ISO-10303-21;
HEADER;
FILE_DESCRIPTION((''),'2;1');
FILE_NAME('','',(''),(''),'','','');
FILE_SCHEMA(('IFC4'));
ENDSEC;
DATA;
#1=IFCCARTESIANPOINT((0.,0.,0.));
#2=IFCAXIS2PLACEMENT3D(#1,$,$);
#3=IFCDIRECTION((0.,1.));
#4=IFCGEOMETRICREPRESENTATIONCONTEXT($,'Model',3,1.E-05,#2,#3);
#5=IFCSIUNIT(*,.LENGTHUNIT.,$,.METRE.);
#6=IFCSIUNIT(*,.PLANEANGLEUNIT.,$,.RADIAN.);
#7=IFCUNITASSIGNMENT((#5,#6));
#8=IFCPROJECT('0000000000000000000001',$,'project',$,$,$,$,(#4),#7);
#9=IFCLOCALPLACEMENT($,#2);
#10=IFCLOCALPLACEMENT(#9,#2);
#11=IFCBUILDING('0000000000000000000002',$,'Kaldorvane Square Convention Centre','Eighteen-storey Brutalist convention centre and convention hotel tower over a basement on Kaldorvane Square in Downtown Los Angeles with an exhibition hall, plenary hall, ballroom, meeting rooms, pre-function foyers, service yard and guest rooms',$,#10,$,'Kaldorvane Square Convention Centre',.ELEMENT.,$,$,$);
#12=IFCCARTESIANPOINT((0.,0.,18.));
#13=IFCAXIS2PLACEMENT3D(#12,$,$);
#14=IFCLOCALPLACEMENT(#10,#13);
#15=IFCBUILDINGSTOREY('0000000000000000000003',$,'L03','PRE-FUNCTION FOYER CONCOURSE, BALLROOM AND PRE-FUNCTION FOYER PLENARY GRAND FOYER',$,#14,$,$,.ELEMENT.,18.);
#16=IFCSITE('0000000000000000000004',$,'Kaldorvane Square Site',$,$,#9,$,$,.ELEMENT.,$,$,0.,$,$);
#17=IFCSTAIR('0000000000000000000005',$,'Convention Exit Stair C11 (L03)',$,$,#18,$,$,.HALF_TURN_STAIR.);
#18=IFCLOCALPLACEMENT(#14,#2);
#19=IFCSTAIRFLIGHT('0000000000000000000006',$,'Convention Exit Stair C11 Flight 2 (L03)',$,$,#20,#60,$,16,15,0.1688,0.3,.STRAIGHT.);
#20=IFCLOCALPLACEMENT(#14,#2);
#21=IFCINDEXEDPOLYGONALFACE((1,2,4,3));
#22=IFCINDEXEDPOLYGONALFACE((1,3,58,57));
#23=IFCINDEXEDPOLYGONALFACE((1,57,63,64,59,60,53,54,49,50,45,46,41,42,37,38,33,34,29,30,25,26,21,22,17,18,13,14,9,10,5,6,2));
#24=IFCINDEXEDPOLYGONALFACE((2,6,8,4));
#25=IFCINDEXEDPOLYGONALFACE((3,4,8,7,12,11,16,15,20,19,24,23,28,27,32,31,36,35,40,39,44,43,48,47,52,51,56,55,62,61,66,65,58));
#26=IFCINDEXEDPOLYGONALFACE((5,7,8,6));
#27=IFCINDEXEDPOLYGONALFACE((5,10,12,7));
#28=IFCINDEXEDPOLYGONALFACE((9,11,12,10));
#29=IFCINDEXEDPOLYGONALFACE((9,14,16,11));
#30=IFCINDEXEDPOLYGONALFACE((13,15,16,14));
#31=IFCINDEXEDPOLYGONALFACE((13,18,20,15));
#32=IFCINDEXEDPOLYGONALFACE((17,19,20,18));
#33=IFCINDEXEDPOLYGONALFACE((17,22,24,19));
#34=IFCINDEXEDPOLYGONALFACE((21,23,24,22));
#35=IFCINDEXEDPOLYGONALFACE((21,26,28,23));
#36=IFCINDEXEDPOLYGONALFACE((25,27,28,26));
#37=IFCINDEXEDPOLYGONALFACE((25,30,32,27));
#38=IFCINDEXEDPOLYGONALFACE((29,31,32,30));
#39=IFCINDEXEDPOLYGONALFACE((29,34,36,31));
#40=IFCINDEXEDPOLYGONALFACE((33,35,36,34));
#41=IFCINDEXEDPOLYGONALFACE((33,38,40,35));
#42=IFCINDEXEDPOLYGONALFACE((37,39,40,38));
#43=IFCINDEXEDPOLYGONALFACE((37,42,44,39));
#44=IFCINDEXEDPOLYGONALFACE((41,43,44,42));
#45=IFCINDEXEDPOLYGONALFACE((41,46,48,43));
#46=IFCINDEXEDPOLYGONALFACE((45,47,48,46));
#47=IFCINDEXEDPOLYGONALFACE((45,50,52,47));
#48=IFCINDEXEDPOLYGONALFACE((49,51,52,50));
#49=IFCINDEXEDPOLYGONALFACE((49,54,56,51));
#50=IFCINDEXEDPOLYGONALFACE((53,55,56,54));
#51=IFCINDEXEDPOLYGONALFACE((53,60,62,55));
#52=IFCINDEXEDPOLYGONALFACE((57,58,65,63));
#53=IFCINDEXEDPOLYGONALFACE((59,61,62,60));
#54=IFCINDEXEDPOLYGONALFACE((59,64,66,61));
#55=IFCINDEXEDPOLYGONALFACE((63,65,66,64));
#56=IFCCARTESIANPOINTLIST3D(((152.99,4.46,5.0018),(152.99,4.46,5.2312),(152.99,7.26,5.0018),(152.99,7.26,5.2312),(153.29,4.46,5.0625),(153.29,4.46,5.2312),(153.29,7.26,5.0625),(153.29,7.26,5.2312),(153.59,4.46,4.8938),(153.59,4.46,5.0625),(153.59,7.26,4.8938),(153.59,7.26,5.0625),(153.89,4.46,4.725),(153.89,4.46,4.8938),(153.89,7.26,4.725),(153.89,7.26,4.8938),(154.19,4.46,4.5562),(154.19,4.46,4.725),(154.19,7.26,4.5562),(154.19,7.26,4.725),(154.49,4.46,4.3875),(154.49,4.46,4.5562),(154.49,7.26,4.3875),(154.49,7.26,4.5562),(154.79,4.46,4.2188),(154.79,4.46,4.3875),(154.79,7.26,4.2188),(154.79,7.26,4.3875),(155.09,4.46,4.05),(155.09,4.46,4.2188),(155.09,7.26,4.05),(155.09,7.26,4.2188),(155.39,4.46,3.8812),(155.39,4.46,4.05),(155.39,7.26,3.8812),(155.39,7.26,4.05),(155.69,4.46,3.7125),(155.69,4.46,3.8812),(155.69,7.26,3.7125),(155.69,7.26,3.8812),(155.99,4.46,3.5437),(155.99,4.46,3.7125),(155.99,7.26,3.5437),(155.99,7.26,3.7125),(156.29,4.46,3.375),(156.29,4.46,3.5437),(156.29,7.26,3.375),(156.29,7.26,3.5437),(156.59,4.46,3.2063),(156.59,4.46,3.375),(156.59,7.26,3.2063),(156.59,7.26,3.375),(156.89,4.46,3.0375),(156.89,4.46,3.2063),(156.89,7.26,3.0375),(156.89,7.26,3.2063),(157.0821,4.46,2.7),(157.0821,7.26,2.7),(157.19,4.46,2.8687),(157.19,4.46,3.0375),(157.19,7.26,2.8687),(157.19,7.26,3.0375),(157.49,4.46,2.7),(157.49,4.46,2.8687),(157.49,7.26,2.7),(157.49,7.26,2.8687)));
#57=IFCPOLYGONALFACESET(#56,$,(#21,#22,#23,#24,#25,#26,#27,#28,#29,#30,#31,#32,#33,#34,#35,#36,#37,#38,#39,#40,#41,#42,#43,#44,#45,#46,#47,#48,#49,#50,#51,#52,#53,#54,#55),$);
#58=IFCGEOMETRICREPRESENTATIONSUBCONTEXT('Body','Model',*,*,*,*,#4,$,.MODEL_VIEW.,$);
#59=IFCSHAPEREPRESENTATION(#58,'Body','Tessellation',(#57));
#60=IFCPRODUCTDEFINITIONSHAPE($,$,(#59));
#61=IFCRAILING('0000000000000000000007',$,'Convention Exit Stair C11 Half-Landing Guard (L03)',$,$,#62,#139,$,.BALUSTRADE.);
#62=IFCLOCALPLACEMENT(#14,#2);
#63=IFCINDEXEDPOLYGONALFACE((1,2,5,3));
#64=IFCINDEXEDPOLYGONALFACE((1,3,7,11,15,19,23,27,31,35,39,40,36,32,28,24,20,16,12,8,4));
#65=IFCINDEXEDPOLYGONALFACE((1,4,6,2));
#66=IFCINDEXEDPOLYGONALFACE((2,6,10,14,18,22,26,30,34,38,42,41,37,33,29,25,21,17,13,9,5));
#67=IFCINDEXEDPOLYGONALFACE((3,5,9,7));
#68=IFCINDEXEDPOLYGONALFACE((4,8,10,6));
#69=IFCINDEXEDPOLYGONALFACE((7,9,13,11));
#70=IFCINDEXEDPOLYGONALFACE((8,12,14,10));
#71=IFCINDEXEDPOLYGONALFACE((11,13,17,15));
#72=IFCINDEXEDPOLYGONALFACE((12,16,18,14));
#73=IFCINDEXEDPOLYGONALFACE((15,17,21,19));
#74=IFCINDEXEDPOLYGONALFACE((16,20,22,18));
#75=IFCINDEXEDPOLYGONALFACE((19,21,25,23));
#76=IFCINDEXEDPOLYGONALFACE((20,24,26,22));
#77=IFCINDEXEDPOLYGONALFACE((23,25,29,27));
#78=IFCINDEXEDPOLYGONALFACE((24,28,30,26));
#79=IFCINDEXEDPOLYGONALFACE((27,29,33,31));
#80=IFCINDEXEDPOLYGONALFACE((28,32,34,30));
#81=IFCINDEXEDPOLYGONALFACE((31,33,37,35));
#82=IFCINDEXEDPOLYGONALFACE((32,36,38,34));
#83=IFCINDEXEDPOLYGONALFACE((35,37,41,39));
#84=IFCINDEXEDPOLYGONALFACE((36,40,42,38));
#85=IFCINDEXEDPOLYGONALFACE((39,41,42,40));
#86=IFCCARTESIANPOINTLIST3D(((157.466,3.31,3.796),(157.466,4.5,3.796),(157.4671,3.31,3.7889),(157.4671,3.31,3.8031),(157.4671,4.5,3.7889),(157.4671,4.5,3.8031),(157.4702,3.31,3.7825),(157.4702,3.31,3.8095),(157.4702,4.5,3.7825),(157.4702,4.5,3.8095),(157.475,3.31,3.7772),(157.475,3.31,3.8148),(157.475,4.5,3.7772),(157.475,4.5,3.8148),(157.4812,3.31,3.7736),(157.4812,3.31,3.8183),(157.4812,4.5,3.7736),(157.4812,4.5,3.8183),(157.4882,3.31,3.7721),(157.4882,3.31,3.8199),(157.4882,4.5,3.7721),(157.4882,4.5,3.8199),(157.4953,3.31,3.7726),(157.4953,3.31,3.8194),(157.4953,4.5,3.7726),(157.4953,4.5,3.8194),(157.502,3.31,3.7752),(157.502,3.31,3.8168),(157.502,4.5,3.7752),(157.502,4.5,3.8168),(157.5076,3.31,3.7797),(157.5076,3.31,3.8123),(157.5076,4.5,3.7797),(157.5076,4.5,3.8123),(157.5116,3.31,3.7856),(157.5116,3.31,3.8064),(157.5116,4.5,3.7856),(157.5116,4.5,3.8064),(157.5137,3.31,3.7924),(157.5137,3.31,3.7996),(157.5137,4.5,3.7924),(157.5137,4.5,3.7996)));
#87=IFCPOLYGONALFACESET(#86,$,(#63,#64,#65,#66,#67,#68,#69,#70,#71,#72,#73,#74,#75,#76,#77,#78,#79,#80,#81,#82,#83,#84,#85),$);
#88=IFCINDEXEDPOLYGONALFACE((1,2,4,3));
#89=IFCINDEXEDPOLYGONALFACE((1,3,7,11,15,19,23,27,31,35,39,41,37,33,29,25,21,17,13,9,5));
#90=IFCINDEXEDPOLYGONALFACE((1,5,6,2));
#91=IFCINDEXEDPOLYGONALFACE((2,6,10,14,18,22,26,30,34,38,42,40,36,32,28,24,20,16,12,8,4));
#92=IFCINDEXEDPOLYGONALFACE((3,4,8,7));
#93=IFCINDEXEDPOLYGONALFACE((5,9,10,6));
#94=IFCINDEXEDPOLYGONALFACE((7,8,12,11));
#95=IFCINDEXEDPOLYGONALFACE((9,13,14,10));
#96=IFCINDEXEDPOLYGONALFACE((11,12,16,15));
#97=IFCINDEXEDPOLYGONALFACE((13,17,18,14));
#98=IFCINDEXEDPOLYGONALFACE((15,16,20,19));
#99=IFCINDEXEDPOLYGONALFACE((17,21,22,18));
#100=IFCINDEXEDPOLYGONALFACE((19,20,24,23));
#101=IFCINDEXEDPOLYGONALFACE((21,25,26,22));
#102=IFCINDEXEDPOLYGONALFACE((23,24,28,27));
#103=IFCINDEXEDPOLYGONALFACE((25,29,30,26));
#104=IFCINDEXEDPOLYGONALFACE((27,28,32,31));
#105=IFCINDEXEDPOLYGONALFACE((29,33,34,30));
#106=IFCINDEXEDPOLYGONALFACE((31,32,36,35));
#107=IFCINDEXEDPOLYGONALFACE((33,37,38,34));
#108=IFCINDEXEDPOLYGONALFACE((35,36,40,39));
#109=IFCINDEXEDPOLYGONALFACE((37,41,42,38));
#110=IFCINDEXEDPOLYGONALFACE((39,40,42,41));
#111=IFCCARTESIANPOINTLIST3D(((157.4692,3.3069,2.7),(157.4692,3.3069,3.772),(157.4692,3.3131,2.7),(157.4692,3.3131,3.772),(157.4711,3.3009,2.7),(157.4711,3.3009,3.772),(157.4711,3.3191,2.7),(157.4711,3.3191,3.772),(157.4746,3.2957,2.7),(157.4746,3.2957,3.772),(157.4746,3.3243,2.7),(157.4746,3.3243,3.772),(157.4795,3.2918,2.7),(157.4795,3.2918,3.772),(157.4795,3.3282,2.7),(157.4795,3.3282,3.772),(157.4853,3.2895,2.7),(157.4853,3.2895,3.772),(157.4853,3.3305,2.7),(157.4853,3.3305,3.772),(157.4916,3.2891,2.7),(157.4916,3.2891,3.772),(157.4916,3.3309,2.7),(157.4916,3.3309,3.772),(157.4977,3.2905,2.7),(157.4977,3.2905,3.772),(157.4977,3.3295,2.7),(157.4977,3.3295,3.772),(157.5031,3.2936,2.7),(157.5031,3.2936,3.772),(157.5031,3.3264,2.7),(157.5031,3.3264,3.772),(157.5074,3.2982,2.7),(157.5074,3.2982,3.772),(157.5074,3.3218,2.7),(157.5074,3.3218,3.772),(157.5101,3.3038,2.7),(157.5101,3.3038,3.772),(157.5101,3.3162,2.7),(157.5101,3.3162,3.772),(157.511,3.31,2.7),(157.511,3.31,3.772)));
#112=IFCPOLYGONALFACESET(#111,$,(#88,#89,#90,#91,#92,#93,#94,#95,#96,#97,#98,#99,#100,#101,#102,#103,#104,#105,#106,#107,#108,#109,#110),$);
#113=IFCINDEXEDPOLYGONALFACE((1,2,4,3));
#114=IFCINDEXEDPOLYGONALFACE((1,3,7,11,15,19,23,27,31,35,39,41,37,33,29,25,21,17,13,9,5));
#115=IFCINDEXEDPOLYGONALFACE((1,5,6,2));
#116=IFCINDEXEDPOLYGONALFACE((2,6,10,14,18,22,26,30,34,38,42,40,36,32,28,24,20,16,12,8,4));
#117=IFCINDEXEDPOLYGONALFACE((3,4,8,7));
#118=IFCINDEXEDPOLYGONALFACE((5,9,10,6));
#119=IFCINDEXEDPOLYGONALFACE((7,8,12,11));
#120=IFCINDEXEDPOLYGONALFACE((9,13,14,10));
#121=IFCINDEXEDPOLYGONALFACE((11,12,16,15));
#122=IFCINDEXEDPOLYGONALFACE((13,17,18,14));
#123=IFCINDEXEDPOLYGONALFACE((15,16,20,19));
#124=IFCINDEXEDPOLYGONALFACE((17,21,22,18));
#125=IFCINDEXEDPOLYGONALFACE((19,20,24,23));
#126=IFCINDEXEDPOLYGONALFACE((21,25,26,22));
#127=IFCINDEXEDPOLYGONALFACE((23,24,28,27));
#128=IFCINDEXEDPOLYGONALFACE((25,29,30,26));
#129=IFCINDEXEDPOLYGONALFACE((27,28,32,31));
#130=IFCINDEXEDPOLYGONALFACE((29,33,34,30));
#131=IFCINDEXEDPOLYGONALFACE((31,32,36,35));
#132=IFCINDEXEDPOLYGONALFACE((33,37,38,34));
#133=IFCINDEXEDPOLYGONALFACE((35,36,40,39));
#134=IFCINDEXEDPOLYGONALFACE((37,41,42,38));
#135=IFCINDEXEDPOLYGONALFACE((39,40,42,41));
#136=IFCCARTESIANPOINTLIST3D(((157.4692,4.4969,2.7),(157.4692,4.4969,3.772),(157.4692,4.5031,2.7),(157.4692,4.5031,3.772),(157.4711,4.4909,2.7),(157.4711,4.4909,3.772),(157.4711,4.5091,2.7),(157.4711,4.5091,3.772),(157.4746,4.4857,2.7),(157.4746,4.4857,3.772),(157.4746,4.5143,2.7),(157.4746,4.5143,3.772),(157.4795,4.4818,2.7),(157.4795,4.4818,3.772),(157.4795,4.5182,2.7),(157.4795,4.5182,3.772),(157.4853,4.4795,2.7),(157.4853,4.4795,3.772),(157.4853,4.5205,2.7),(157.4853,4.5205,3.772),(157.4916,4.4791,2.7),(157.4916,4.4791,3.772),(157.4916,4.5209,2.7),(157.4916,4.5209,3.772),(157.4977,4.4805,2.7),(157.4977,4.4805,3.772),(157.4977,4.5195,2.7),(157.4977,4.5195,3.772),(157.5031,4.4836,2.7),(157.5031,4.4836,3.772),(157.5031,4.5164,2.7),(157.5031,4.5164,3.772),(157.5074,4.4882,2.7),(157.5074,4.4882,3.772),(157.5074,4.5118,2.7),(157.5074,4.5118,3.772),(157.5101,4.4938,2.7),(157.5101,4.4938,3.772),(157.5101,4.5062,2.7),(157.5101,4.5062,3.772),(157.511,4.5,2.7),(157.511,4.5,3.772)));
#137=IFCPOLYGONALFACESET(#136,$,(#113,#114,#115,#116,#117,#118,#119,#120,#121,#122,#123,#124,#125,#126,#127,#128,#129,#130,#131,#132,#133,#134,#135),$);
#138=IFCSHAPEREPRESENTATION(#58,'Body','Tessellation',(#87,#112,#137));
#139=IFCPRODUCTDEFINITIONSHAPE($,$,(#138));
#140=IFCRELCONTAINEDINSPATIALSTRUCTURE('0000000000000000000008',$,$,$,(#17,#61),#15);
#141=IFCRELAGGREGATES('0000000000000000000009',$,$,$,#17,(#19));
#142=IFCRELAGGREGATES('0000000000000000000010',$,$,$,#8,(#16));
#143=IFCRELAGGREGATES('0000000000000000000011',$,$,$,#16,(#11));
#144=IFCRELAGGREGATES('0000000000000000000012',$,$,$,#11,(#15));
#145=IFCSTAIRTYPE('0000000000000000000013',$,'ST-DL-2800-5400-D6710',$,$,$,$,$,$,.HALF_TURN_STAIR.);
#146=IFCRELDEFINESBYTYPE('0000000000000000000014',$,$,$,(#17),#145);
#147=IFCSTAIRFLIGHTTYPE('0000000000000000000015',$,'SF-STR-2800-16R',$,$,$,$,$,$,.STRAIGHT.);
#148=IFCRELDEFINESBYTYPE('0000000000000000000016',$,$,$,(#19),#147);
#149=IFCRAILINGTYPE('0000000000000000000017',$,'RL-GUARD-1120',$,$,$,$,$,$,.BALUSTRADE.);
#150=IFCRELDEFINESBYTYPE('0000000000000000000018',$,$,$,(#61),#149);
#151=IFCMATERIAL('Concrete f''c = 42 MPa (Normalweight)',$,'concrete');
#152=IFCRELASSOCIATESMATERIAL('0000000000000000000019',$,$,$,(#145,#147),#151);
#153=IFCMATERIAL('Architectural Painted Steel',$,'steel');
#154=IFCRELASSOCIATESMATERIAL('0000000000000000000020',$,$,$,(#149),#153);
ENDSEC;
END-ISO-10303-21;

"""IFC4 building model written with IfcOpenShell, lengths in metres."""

from ifc_helpers import new_model, si_unit, direction, frame, origin, origin_2d, place, context, subcontext, project, spatial, polyline, circle, outline, extrude, material, type_object, element, aggregate, save


model = new_model("IFC4")

# Units and contexts
model_context = context("Model", 3, precision=1e-05, world=origin(), true_north=direction((0.0, 1.0)))
body_context = subcontext(model_context, "Body", "Model", "MODEL_VIEW")
ifc_project = project(units=[si_unit("LENGTHUNIT", "METRE"), si_unit("PLANEANGLEUNIT", "RADIAN")], contexts=[model_context])

# Site, building, storey
site_placement = place(None, origin())
site = spatial("IfcSite", under=ifc_project, at=site_placement, Name="Kaldorvane Square Site", CompositionType="ELEMENT", RefElevation=0.0)
building_placement = place(site_placement, origin())
building = spatial("IfcBuilding", under=site, at=building_placement, Name="Kaldorvane Square Convention Centre", Description="Eighteen-storey Brutalist convention centre and convention hotel tower over a basement on Kaldorvane Square in Downtown Los Angeles with an exhibition hall, plenary hall, ballroom, meeting rooms, pre-function foyers, service yard and guest rooms", LongName="Kaldorvane Square Convention Centre", CompositionType="ELEMENT")
storey_placement = place(building_placement, frame((0.0, 0.0, 18.0)))
storey = spatial("IfcBuildingStorey", under=building, at=storey_placement, Name="L03", Description="PRE-FUNCTION FOYER CONCOURSE, BALLROOM AND PRE-FUNCTION FOYER PLENARY GRAND FOYER", CompositionType="ELEMENT", Elevation=18.0)

# Stair, stair flight
ifc_material_1 = material(Name="Concrete f'c = 42 MPa (Normalweight)", Category="concrete")
stair_type = type_object("IfcStairType", Name="ST-DL-2800-5400-D6710", PredefinedType="HALF_TURN_STAIR", material=ifc_material_1)
stair_placement = place(storey_placement, origin())
stair = element("IfcStair", 1, at=stair_placement, inside=storey, type_object=stair_type, Name="Convention Exit Stair C11 (L03)", PredefinedType="HALF_TURN_STAIR")
stair_flight_type = type_object("IfcStairFlightType", Name="SF-STR-2800-16R", PredefinedType="STRAIGHT", material=ifc_material_1)
stair_flight_placement = place(storey_placement, frame((157.49, 5.86, 2.7), z_axis=(0.0, 0.0, 1.0), x_axis=(-1.0, 0.0, 0.0)))
stair_flight = element("IfcStairFlight", 2, at=stair_flight_placement, type_object=stair_flight_type, Name="Convention Exit Stair C11 Flight 2 (L03)", NumberOfRisers=16, NumberOfTreads=15, PredefinedType="STRAIGHT", RiserHeight=0.1688, TreadLength=0.3, context=body_context, shape_type="SweptSolid", body=[
    extrude(outline(polyline([(0.0, 0.0), (0.0, 0.1687), (0.3, 0.1687), (0.3, 0.3375), (0.6, 0.3375), (0.6, 0.5063), (0.9, 0.5063), (0.9, 0.675), (1.2, 0.675), (1.2, 0.8438), (1.5, 0.8438), (1.5, 1.0125), (1.8, 1.0125), (1.8, 1.1812), (2.1, 1.1812), (2.1, 1.35), (2.4, 1.35), (2.4, 1.5188), (2.7, 1.5188), (2.7, 1.6875), (3.0, 1.6875), (3.0, 1.8562), (3.3, 1.8562), (3.3, 2.025), (3.6, 2.025), (3.6, 2.1938), (3.9, 2.1938), (3.9, 2.3625), (4.2, 2.3625), (4.2, 2.5312), (4.5, 2.5312), (4.5, 2.7), (4.5, 2.3018), (0.4079, 0.0), (0.0, 0.0)])), frame((0.0, 1.4, 0.0), z_axis=(0.0, -1.0, 0.0), x_axis=(1.0, 0.0, 0.0)), (0.0, 0.0, 1.0), 2.8),
])
aggregate(stair, [stair_flight])

# Railing
ifc_material_2 = material(Name="Architectural Painted Steel", Category="steel")
railing_type_1 = type_object("IfcRailingType", Name="RL-GUARD-1120", PredefinedType="BALUSTRADE", material=ifc_material_2)
railing_1_placement = place(storey_placement, frame((157.49, 3.31, 2.7)))
element("IfcRailing", 3, at=railing_1_placement, inside=storey, type_object=railing_type_1, Name="Convention Exit Stair C11 Half-Landing Guard (L03)", PredefinedType="BALUSTRADE", context=body_context, shape_type="SweptSolid", body=[
    extrude(circle(Radius=0.024, at=origin_2d()), frame((0.0, 0.0, 1.096), z_axis=(0.0, 1.0, 0.0), x_axis=(-1.0, 0.0, 0.0)), (0.0, 0.0, 1.0), 1.19),
    extrude(circle(Radius=0.021, at=origin_2d()), origin(), (0.0, 0.0, 1.0), 1.072),
    extrude(circle(Radius=0.021, at=origin_2d()), frame((0.0, 1.19, 0.0)), (0.0, 0.0, 1.0), 1.072),
])

save(model, "model.ifc")
